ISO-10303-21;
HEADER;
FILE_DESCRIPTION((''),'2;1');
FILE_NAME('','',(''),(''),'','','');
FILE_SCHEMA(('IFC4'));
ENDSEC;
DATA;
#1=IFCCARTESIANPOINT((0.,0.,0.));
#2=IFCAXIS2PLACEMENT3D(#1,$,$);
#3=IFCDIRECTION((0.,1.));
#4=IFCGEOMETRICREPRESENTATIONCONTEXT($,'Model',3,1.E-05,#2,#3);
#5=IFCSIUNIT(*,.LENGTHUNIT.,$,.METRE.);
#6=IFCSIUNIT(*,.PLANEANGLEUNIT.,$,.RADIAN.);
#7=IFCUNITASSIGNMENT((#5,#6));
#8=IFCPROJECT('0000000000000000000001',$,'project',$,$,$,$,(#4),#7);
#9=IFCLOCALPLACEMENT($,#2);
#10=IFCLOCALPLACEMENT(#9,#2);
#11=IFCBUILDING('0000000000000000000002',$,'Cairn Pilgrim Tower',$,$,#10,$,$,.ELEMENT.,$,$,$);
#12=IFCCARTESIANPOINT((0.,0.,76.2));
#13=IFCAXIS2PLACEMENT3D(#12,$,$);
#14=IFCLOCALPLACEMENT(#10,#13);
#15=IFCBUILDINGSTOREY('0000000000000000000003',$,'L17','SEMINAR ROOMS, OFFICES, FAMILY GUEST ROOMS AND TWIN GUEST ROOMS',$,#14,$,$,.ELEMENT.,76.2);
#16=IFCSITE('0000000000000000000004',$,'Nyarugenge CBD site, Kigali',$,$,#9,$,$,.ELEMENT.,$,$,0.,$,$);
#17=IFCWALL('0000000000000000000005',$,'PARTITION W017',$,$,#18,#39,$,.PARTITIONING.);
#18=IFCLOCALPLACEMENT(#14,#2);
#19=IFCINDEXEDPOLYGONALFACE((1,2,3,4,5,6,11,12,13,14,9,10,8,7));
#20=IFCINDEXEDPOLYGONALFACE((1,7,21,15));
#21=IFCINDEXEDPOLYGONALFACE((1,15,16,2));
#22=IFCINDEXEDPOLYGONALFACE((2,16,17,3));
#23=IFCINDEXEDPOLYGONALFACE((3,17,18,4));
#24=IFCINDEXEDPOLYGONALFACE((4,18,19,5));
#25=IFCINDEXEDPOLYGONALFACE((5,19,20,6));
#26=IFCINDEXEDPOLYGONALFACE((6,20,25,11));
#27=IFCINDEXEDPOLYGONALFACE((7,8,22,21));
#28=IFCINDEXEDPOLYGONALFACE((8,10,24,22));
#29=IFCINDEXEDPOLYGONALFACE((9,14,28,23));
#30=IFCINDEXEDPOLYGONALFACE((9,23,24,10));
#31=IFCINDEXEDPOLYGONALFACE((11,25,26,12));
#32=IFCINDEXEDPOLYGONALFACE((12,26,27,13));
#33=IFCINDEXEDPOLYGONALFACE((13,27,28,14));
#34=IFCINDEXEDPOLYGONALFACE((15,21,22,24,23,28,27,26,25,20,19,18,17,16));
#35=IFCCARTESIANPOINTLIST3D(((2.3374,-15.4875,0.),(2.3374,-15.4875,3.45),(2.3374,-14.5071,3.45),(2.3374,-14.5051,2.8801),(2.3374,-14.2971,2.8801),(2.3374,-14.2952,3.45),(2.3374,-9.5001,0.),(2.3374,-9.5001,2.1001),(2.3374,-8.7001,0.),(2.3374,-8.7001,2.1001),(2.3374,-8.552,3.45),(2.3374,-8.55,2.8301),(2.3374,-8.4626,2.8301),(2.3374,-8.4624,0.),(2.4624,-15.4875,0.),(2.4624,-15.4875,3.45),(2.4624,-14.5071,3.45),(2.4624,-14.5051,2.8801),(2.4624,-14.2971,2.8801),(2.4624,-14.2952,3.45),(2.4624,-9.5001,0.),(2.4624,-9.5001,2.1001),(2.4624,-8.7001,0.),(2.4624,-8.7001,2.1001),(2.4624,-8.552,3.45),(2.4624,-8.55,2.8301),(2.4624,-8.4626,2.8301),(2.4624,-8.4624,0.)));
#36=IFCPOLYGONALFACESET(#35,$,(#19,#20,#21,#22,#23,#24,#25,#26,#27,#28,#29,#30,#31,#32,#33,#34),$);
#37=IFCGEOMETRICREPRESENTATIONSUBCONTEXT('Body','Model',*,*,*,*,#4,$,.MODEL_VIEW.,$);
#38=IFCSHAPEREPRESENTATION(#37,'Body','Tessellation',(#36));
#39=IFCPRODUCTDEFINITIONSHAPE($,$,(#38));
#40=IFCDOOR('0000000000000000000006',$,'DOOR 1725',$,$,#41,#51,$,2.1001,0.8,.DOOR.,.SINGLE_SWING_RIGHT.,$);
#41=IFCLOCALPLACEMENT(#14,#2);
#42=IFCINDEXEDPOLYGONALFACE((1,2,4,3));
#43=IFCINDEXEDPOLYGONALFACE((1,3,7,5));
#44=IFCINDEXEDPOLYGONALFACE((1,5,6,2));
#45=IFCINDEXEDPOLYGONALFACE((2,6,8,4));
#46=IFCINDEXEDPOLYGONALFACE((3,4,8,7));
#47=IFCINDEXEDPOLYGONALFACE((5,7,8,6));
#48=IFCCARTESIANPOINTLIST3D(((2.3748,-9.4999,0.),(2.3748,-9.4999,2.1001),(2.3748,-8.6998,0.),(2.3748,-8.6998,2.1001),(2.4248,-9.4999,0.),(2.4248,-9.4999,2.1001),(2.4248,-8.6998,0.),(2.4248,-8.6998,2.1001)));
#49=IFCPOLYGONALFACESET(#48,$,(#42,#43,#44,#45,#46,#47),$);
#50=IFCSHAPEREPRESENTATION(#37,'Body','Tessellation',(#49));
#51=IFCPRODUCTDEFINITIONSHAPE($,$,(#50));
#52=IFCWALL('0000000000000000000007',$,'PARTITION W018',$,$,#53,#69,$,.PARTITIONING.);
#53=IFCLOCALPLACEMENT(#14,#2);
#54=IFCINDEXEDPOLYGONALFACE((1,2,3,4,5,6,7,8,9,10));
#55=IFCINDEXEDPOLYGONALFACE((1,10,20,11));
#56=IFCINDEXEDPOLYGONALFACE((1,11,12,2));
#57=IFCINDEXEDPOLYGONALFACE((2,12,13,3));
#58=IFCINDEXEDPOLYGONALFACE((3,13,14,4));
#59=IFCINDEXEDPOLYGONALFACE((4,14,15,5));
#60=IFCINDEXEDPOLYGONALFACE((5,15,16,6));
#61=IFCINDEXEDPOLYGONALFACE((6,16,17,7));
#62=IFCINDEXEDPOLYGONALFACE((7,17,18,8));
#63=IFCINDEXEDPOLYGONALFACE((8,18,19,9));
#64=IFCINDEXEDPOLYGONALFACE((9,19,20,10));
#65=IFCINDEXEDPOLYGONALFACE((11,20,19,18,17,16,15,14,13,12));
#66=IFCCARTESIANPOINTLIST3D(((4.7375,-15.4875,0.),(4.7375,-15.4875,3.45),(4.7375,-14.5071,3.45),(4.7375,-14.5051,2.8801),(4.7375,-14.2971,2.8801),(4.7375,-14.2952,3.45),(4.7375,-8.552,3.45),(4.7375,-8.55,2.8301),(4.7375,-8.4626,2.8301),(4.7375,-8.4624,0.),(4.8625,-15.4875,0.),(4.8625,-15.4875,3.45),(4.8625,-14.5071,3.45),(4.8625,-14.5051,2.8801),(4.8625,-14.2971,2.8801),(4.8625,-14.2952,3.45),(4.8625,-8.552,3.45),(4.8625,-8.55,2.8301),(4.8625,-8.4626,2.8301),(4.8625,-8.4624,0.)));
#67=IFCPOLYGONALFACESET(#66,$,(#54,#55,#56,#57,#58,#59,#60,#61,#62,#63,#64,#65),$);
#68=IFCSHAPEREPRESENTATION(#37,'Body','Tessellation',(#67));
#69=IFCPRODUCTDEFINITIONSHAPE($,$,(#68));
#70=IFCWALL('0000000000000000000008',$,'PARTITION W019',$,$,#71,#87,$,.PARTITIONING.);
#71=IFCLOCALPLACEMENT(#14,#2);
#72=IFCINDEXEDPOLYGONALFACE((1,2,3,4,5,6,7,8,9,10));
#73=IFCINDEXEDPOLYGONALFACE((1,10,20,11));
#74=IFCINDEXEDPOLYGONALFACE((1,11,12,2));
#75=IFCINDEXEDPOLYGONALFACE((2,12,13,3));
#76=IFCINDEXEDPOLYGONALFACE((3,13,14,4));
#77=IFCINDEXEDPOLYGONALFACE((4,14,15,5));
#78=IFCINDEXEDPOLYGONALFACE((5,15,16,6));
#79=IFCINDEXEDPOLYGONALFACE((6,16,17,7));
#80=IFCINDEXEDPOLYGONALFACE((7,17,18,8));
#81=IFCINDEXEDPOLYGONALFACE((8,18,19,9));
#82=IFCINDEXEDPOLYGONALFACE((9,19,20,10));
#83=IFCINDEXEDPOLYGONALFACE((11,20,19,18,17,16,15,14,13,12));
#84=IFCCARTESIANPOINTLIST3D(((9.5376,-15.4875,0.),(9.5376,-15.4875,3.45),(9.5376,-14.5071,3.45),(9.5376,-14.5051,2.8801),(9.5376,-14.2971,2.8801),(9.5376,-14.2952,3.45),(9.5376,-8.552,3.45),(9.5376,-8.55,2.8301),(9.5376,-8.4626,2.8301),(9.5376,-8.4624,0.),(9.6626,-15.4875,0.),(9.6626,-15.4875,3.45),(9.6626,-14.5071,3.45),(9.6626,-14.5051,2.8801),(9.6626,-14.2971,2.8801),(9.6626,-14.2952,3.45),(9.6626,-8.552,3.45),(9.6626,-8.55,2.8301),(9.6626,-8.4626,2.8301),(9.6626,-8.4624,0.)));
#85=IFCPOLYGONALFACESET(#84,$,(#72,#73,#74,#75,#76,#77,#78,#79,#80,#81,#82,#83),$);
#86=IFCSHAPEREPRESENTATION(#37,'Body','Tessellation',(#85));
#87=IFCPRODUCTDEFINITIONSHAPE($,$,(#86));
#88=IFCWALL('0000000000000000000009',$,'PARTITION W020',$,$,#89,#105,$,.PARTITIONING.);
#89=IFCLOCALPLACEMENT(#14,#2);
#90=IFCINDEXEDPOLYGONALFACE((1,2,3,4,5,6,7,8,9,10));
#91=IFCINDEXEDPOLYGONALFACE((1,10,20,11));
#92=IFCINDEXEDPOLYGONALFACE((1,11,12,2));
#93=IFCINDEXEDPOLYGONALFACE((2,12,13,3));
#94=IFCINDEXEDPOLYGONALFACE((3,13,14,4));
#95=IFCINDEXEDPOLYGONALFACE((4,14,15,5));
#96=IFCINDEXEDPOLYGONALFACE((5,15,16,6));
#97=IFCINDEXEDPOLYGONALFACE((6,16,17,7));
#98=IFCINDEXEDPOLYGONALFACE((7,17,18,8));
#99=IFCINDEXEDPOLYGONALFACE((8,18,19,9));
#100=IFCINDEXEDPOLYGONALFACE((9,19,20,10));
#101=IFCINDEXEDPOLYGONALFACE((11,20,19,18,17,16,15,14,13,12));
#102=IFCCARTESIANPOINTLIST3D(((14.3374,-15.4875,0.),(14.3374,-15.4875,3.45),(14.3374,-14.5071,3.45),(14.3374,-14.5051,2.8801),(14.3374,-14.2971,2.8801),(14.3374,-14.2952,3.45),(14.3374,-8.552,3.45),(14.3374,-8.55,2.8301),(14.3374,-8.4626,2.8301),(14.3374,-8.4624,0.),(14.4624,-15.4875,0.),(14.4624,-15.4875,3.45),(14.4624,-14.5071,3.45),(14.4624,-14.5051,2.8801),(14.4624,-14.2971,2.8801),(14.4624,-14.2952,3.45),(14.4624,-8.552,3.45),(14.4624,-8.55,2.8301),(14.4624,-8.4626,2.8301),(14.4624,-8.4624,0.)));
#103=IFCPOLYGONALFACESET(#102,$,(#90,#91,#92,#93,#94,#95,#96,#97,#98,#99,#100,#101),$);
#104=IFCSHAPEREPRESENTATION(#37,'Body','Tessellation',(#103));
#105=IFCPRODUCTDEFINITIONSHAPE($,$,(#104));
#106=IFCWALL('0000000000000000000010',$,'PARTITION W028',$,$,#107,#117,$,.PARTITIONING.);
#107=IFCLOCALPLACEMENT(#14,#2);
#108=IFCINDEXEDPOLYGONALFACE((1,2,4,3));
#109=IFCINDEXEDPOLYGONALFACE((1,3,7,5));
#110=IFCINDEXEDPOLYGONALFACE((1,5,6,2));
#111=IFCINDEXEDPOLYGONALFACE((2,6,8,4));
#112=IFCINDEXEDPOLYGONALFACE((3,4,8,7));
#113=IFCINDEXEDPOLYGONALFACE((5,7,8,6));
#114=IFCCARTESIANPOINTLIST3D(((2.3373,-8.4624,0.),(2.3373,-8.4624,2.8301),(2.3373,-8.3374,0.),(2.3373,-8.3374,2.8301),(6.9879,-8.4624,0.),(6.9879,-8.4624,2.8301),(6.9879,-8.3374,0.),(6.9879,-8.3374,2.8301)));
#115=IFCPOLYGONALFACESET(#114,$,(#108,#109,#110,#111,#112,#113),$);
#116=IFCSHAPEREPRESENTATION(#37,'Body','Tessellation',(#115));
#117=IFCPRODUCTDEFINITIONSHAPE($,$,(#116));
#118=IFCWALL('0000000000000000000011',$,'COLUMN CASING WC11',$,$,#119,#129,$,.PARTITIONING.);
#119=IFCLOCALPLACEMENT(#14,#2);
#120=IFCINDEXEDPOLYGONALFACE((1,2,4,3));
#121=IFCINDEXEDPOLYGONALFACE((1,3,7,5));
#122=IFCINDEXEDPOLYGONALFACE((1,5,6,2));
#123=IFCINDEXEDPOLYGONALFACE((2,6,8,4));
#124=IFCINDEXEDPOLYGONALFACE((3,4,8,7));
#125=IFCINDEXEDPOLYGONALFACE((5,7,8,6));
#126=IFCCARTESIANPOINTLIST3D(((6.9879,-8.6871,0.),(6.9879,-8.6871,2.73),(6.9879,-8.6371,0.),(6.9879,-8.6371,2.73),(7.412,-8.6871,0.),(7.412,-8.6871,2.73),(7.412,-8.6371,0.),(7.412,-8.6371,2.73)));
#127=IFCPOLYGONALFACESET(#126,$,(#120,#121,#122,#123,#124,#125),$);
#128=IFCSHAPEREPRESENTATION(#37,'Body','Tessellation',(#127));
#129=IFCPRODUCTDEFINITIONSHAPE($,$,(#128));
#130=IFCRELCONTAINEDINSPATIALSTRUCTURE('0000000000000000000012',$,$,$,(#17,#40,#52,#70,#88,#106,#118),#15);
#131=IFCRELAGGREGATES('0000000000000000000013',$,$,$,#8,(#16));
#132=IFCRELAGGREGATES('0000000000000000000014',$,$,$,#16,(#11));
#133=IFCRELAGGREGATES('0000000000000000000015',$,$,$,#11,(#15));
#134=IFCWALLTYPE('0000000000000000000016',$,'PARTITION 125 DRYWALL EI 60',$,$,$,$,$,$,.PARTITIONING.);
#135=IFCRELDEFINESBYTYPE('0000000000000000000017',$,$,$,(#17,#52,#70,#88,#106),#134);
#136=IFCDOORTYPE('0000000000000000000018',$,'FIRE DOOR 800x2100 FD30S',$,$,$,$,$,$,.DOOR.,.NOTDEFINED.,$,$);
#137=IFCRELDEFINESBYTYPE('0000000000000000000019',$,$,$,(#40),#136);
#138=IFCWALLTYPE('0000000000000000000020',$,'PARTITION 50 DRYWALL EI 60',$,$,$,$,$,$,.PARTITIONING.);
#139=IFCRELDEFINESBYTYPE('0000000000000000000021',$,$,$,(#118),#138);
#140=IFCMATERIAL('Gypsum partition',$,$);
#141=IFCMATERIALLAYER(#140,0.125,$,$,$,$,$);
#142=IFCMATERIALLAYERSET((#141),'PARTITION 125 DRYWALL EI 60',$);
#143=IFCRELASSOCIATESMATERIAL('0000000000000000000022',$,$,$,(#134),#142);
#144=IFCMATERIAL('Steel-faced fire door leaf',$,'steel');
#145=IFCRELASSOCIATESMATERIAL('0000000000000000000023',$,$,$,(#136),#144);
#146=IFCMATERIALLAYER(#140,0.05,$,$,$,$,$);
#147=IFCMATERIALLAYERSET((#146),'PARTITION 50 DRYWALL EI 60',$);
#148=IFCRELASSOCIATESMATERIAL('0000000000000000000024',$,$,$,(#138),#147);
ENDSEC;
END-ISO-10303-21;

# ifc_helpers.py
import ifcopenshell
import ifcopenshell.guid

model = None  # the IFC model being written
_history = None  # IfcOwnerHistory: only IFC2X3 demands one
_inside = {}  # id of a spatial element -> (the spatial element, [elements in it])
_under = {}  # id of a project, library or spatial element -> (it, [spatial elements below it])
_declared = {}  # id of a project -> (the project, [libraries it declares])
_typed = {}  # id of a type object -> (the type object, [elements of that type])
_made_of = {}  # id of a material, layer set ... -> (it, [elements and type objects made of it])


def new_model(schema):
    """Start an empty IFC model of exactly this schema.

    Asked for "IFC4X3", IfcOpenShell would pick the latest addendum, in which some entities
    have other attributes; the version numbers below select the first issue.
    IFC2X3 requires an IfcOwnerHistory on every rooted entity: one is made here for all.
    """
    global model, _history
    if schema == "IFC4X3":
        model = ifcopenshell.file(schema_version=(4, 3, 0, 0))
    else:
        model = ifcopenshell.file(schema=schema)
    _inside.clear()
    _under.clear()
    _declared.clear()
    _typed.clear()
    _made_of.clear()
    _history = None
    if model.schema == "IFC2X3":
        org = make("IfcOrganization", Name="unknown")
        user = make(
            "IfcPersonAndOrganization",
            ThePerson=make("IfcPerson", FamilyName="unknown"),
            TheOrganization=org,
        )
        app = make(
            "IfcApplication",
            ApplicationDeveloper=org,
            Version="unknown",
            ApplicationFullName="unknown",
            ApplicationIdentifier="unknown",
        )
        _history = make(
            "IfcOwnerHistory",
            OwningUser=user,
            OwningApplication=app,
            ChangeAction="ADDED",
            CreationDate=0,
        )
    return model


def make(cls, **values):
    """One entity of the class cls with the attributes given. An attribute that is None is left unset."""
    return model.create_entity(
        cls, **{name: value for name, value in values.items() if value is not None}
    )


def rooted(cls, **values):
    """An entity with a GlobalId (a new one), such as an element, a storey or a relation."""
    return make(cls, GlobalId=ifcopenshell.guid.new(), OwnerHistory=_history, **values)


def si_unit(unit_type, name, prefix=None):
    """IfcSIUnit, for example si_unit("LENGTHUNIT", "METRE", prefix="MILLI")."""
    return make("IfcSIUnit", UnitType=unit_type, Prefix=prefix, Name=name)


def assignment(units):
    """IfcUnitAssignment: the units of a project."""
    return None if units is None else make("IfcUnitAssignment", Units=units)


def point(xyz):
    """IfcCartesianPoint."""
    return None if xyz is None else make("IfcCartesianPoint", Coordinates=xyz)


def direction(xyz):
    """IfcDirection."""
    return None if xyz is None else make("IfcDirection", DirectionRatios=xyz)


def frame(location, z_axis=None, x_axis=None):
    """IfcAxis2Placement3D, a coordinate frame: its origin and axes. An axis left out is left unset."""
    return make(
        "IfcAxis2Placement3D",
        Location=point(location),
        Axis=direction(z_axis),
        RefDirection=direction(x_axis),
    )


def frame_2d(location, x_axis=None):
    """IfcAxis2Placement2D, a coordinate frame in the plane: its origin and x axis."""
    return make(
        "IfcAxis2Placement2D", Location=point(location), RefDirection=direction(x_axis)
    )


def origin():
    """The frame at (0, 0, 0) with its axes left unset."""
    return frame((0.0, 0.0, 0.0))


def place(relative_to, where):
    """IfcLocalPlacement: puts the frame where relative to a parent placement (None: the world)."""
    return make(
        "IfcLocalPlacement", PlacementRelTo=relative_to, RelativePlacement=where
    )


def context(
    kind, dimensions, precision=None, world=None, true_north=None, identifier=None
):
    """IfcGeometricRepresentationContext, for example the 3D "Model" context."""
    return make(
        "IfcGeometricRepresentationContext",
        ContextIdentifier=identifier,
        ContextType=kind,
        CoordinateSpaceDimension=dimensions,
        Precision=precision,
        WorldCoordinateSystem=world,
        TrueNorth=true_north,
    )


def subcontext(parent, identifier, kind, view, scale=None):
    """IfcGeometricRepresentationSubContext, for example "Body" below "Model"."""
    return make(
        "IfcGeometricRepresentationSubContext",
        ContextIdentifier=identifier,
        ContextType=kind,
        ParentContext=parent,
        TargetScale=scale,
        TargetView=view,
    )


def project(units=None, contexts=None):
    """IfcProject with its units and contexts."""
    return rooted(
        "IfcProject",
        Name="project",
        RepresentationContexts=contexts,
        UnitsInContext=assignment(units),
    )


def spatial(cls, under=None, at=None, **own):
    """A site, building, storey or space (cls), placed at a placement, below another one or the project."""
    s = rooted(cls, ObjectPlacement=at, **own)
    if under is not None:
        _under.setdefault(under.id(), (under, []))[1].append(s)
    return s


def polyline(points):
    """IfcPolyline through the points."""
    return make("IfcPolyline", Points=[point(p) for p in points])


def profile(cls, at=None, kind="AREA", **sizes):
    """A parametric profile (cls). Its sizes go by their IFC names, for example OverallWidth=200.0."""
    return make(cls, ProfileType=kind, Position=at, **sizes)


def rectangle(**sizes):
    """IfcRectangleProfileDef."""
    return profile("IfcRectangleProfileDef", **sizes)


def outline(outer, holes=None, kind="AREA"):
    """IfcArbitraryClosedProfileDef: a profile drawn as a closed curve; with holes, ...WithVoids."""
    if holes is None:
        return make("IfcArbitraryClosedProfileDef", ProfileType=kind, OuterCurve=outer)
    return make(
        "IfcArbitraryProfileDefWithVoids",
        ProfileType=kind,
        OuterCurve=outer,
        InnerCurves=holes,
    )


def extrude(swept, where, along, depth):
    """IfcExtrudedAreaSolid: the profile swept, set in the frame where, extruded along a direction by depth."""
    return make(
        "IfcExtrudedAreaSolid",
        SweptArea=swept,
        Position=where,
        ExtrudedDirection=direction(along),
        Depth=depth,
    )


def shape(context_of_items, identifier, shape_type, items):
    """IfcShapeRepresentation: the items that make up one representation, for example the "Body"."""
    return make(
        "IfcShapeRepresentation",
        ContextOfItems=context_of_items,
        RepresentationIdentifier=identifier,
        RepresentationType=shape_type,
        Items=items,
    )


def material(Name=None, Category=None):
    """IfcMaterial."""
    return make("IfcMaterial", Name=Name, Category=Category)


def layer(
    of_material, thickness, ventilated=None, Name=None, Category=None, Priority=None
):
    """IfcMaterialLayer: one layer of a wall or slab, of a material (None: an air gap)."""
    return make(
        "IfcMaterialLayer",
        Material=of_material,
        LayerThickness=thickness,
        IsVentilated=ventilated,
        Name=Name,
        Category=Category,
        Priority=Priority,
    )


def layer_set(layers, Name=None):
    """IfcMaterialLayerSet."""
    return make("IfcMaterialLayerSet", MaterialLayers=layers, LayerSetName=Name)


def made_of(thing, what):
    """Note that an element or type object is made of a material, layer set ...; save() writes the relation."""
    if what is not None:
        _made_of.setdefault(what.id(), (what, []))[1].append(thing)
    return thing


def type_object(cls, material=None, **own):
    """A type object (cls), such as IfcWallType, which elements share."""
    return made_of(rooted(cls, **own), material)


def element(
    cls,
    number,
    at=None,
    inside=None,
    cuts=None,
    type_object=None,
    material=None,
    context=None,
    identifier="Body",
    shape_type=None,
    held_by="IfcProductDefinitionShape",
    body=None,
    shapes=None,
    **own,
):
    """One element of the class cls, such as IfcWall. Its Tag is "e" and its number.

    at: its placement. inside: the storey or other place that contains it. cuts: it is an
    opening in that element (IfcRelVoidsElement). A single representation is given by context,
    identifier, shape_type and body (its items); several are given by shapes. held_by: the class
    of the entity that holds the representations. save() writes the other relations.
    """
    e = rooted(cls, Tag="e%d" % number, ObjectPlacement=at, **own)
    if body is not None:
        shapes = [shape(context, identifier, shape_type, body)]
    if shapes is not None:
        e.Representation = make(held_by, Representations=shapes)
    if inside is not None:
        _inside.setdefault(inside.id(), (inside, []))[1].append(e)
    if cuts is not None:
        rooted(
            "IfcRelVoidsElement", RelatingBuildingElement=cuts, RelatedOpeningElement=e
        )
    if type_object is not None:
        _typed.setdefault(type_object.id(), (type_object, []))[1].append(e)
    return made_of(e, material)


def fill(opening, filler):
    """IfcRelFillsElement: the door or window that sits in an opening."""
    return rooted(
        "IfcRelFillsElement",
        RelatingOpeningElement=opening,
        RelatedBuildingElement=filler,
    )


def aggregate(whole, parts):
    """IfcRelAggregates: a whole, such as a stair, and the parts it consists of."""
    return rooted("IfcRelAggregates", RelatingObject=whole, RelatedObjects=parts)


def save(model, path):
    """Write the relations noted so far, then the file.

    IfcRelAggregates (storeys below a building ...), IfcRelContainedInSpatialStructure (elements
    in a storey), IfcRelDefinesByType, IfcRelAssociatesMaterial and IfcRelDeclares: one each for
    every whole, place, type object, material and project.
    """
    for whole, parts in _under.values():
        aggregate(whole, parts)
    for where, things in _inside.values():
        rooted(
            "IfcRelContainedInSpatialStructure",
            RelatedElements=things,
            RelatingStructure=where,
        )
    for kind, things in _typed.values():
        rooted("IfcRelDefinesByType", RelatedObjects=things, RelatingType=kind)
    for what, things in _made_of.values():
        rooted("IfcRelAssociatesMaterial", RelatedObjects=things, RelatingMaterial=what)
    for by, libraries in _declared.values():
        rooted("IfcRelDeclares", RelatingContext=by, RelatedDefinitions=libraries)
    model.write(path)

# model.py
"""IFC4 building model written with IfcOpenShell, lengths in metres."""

from ifc_helpers import new_model, si_unit, direction, frame, frame_2d, origin, place, context, subcontext, project, spatial, polyline, rectangle, outline, extrude, material, layer, layer_set, type_object, element, fill, save


model = new_model("IFC4")

# Units and contexts
model_context = context("Model", 3, precision=1e-05, world=origin(), true_north=direction((0.0, 1.0)))
body_context = subcontext(model_context, "Body", "Model", "MODEL_VIEW")
ifc_project = project(units=[si_unit("LENGTHUNIT", "METRE"), si_unit("PLANEANGLEUNIT", "RADIAN")], contexts=[model_context])

# Site, building, storey
site_placement = place(None, origin())
site = spatial("IfcSite", under=ifc_project, at=site_placement, Name="Nyarugenge CBD site, Kigali", CompositionType="ELEMENT", RefElevation=0.0)
building_placement = place(site_placement, origin())
building = spatial("IfcBuilding", under=site, at=building_placement, Name="Cairn Pilgrim Tower", CompositionType="ELEMENT")
storey_placement = place(building_placement, frame((0.0, 0.0, 76.2)))
storey = spatial("IfcBuildingStorey", under=building, at=storey_placement, Name="L17", Description="SEMINAR ROOMS, OFFICES, FAMILY GUEST ROOMS AND TWIN GUEST ROOMS", CompositionType="ELEMENT", Elevation=76.2)

# Shared definitions
ifc_material_1 = material(Name="Gypsum partition")
ifc_layer_1 = layer(ifc_material_1, 0.125)
ifc_layer_set_1 = layer_set([ifc_layer_1], Name="PARTITION 125 DRYWALL EI 60")
wall_type_1 = type_object("IfcWallType", Name="PARTITION 125 DRYWALL EI 60", PredefinedType="PARTITIONING", material=ifc_layer_set_1)

# Wall, opening, door
ifc_material_2 = material(Name="Steel-faced fire door leaf", Category="steel")
door_type_1 = type_object("IfcDoorType", Name="FIRE DOOR 800x2100 FD30S", OperationType="NOTDEFINED", PredefinedType="DOOR", material=ifc_material_2)
wall_1_placement = place(storey_placement, frame((2.3999, -15.4875, 0.0), z_axis=(0.0, 0.0, 1.0), x_axis=(0.0, 1.0, 0.0)))
wall_1 = element("IfcWall", 1, at=wall_1_placement, inside=storey, type_object=wall_type_1, Name="PARTITION W017", PredefinedType="PARTITIONING", context=body_context, shape_type="SweptSolid", body=[
    extrude(outline(polyline([(0.0, 0.0), (7.0251, 0.0), (7.0249, 2.8301), (6.9375, 2.8301), (6.9355, 3.45), (1.1924, 3.45), (1.1904, 2.8801), (0.9824, 2.8801), (0.9805, 3.45), (0.0, 3.45), (0.0, 0.0)])), frame((0.0, 0.0625, 0.0), z_axis=(0.0, -1.0, 0.0), x_axis=(1.0, 0.0, 0.0)), (0.0, 0.0, 1.0), 0.125),
])
opening_1_placement = place(wall_1_placement, frame((5.9875, 0.0, 0.0)))
opening_1 = element("IfcOpeningElement", 2, at=opening_1_placement, cuts=wall_1, PredefinedType="OPENING", context=body_context, shape_type="SweptSolid", body=[
    extrude(rectangle(XDim=0.8, YDim=2.1001, at=frame_2d((0.3999, 1.05))), frame((0.0, 0.0725, 0.0), z_axis=(0.0, -1.0, 0.0), x_axis=(1.0, 0.0, 0.0)), (0.0, 0.0, 1.0), 0.145),
])
door_1_placement = place(opening_1_placement, frame((0.8, 0.0, 0.0), z_axis=(0.0, 0.0, 1.0), x_axis=(-1.0, 0.0, 0.0)))
door_1 = element("IfcDoor", 3, at=door_1_placement, inside=storey, type_object=door_type_1, Name="DOOR 1725", OperationType="SINGLE_SWING_RIGHT", OverallHeight=2.1001, OverallWidth=0.8, PredefinedType="DOOR", context=body_context, shape_type="SweptSolid", body=[
    extrude(rectangle(XDim=0.8, YDim=2.1001, at=frame_2d((0.3999, 1.05))), frame((0.0, 0.0249, 0.0), z_axis=(0.0, -1.0, 0.0), x_axis=(1.0, 0.0, 0.0)), (0.0, 0.0, 1.0), 0.05),
])
fill(opening_1, door_1)

# Walls
for number, where, z_axis, x_axis, name in (
    (4, (4.8, -15.4875, 0.0), (0.0, 0.0, 1.0), (0.0, 1.0, 0.0), "PARTITION W018"),
    (5, (9.6001, -15.4875, 0.0), (0.0, 0.0, 1.0), (0.0, 1.0, 0.0), "PARTITION W019"),
    (6, (14.3999, -15.4875, 0.0), (0.0, 0.0, 1.0), (0.0, 1.0, 0.0), "PARTITION W020"),
):
    element("IfcWall", number, at=place(storey_placement, frame(where, z_axis=z_axis, x_axis=x_axis)), inside=storey, type_object=wall_type_1, Name=name, PredefinedType="PARTITIONING", context=body_context, shape_type="SweptSolid", body=[
        extrude(outline(polyline([(0.0, 0.0), (7.0251, 0.0), (7.0249, 2.8301), (6.9375, 2.8301), (6.9355, 3.45), (1.1924, 3.45), (1.1904, 2.8801), (0.9824, 2.8801), (0.9805, 3.45), (0.0, 3.45), (0.0, 0.0)])), frame((0.0, 0.0625, 0.0), z_axis=(0.0, -1.0, 0.0), x_axis=(1.0, 0.0, 0.0)), (0.0, 0.0, 1.0), 0.125),
    ])
wall_2_placement = place(storey_placement, frame((2.3374, -8.3999, 0.0), z_axis=(0.0, 0.0, 1.0), x_axis=(1.0, 0.0, 0.0)))
element("IfcWall", 7, at=wall_2_placement, inside=storey, type_object=wall_type_1, Name="PARTITION W028", PredefinedType="PARTITIONING", context=body_context, shape_type="SweptSolid", body=[
    extrude(rectangle(XDim=4.6506, YDim=0.125, at=frame_2d((2.3252, 0.0))), origin(), (0.0, 0.0, 1.0), 2.8301),
])
ifc_layer_2 = layer(ifc_material_1, 0.05)
ifc_layer_set_2 = layer_set([ifc_layer_2], Name="PARTITION 50 DRYWALL EI 60")
wall_type_2 = type_object("IfcWallType", Name="PARTITION 50 DRYWALL EI 60", PredefinedType="PARTITIONING", material=ifc_layer_set_2)
wall_3_placement = place(storey_placement, frame((6.988, -8.6621, 0.0), z_axis=(0.0, 0.0, 1.0), x_axis=(1.0, 0.0, 0.0)))
element("IfcWall", 8, at=wall_3_placement, inside=storey, type_object=wall_type_2, Name="COLUMN CASING WC11", PredefinedType="PARTITIONING", context=body_context, shape_type="SweptSolid", body=[
    extrude(rectangle(XDim=0.4241, YDim=0.05, at=frame_2d((0.2119, 0.0))), origin(), (0.0, 0.0, 1.0), 2.73),
])

save(model, "model.ifc")
